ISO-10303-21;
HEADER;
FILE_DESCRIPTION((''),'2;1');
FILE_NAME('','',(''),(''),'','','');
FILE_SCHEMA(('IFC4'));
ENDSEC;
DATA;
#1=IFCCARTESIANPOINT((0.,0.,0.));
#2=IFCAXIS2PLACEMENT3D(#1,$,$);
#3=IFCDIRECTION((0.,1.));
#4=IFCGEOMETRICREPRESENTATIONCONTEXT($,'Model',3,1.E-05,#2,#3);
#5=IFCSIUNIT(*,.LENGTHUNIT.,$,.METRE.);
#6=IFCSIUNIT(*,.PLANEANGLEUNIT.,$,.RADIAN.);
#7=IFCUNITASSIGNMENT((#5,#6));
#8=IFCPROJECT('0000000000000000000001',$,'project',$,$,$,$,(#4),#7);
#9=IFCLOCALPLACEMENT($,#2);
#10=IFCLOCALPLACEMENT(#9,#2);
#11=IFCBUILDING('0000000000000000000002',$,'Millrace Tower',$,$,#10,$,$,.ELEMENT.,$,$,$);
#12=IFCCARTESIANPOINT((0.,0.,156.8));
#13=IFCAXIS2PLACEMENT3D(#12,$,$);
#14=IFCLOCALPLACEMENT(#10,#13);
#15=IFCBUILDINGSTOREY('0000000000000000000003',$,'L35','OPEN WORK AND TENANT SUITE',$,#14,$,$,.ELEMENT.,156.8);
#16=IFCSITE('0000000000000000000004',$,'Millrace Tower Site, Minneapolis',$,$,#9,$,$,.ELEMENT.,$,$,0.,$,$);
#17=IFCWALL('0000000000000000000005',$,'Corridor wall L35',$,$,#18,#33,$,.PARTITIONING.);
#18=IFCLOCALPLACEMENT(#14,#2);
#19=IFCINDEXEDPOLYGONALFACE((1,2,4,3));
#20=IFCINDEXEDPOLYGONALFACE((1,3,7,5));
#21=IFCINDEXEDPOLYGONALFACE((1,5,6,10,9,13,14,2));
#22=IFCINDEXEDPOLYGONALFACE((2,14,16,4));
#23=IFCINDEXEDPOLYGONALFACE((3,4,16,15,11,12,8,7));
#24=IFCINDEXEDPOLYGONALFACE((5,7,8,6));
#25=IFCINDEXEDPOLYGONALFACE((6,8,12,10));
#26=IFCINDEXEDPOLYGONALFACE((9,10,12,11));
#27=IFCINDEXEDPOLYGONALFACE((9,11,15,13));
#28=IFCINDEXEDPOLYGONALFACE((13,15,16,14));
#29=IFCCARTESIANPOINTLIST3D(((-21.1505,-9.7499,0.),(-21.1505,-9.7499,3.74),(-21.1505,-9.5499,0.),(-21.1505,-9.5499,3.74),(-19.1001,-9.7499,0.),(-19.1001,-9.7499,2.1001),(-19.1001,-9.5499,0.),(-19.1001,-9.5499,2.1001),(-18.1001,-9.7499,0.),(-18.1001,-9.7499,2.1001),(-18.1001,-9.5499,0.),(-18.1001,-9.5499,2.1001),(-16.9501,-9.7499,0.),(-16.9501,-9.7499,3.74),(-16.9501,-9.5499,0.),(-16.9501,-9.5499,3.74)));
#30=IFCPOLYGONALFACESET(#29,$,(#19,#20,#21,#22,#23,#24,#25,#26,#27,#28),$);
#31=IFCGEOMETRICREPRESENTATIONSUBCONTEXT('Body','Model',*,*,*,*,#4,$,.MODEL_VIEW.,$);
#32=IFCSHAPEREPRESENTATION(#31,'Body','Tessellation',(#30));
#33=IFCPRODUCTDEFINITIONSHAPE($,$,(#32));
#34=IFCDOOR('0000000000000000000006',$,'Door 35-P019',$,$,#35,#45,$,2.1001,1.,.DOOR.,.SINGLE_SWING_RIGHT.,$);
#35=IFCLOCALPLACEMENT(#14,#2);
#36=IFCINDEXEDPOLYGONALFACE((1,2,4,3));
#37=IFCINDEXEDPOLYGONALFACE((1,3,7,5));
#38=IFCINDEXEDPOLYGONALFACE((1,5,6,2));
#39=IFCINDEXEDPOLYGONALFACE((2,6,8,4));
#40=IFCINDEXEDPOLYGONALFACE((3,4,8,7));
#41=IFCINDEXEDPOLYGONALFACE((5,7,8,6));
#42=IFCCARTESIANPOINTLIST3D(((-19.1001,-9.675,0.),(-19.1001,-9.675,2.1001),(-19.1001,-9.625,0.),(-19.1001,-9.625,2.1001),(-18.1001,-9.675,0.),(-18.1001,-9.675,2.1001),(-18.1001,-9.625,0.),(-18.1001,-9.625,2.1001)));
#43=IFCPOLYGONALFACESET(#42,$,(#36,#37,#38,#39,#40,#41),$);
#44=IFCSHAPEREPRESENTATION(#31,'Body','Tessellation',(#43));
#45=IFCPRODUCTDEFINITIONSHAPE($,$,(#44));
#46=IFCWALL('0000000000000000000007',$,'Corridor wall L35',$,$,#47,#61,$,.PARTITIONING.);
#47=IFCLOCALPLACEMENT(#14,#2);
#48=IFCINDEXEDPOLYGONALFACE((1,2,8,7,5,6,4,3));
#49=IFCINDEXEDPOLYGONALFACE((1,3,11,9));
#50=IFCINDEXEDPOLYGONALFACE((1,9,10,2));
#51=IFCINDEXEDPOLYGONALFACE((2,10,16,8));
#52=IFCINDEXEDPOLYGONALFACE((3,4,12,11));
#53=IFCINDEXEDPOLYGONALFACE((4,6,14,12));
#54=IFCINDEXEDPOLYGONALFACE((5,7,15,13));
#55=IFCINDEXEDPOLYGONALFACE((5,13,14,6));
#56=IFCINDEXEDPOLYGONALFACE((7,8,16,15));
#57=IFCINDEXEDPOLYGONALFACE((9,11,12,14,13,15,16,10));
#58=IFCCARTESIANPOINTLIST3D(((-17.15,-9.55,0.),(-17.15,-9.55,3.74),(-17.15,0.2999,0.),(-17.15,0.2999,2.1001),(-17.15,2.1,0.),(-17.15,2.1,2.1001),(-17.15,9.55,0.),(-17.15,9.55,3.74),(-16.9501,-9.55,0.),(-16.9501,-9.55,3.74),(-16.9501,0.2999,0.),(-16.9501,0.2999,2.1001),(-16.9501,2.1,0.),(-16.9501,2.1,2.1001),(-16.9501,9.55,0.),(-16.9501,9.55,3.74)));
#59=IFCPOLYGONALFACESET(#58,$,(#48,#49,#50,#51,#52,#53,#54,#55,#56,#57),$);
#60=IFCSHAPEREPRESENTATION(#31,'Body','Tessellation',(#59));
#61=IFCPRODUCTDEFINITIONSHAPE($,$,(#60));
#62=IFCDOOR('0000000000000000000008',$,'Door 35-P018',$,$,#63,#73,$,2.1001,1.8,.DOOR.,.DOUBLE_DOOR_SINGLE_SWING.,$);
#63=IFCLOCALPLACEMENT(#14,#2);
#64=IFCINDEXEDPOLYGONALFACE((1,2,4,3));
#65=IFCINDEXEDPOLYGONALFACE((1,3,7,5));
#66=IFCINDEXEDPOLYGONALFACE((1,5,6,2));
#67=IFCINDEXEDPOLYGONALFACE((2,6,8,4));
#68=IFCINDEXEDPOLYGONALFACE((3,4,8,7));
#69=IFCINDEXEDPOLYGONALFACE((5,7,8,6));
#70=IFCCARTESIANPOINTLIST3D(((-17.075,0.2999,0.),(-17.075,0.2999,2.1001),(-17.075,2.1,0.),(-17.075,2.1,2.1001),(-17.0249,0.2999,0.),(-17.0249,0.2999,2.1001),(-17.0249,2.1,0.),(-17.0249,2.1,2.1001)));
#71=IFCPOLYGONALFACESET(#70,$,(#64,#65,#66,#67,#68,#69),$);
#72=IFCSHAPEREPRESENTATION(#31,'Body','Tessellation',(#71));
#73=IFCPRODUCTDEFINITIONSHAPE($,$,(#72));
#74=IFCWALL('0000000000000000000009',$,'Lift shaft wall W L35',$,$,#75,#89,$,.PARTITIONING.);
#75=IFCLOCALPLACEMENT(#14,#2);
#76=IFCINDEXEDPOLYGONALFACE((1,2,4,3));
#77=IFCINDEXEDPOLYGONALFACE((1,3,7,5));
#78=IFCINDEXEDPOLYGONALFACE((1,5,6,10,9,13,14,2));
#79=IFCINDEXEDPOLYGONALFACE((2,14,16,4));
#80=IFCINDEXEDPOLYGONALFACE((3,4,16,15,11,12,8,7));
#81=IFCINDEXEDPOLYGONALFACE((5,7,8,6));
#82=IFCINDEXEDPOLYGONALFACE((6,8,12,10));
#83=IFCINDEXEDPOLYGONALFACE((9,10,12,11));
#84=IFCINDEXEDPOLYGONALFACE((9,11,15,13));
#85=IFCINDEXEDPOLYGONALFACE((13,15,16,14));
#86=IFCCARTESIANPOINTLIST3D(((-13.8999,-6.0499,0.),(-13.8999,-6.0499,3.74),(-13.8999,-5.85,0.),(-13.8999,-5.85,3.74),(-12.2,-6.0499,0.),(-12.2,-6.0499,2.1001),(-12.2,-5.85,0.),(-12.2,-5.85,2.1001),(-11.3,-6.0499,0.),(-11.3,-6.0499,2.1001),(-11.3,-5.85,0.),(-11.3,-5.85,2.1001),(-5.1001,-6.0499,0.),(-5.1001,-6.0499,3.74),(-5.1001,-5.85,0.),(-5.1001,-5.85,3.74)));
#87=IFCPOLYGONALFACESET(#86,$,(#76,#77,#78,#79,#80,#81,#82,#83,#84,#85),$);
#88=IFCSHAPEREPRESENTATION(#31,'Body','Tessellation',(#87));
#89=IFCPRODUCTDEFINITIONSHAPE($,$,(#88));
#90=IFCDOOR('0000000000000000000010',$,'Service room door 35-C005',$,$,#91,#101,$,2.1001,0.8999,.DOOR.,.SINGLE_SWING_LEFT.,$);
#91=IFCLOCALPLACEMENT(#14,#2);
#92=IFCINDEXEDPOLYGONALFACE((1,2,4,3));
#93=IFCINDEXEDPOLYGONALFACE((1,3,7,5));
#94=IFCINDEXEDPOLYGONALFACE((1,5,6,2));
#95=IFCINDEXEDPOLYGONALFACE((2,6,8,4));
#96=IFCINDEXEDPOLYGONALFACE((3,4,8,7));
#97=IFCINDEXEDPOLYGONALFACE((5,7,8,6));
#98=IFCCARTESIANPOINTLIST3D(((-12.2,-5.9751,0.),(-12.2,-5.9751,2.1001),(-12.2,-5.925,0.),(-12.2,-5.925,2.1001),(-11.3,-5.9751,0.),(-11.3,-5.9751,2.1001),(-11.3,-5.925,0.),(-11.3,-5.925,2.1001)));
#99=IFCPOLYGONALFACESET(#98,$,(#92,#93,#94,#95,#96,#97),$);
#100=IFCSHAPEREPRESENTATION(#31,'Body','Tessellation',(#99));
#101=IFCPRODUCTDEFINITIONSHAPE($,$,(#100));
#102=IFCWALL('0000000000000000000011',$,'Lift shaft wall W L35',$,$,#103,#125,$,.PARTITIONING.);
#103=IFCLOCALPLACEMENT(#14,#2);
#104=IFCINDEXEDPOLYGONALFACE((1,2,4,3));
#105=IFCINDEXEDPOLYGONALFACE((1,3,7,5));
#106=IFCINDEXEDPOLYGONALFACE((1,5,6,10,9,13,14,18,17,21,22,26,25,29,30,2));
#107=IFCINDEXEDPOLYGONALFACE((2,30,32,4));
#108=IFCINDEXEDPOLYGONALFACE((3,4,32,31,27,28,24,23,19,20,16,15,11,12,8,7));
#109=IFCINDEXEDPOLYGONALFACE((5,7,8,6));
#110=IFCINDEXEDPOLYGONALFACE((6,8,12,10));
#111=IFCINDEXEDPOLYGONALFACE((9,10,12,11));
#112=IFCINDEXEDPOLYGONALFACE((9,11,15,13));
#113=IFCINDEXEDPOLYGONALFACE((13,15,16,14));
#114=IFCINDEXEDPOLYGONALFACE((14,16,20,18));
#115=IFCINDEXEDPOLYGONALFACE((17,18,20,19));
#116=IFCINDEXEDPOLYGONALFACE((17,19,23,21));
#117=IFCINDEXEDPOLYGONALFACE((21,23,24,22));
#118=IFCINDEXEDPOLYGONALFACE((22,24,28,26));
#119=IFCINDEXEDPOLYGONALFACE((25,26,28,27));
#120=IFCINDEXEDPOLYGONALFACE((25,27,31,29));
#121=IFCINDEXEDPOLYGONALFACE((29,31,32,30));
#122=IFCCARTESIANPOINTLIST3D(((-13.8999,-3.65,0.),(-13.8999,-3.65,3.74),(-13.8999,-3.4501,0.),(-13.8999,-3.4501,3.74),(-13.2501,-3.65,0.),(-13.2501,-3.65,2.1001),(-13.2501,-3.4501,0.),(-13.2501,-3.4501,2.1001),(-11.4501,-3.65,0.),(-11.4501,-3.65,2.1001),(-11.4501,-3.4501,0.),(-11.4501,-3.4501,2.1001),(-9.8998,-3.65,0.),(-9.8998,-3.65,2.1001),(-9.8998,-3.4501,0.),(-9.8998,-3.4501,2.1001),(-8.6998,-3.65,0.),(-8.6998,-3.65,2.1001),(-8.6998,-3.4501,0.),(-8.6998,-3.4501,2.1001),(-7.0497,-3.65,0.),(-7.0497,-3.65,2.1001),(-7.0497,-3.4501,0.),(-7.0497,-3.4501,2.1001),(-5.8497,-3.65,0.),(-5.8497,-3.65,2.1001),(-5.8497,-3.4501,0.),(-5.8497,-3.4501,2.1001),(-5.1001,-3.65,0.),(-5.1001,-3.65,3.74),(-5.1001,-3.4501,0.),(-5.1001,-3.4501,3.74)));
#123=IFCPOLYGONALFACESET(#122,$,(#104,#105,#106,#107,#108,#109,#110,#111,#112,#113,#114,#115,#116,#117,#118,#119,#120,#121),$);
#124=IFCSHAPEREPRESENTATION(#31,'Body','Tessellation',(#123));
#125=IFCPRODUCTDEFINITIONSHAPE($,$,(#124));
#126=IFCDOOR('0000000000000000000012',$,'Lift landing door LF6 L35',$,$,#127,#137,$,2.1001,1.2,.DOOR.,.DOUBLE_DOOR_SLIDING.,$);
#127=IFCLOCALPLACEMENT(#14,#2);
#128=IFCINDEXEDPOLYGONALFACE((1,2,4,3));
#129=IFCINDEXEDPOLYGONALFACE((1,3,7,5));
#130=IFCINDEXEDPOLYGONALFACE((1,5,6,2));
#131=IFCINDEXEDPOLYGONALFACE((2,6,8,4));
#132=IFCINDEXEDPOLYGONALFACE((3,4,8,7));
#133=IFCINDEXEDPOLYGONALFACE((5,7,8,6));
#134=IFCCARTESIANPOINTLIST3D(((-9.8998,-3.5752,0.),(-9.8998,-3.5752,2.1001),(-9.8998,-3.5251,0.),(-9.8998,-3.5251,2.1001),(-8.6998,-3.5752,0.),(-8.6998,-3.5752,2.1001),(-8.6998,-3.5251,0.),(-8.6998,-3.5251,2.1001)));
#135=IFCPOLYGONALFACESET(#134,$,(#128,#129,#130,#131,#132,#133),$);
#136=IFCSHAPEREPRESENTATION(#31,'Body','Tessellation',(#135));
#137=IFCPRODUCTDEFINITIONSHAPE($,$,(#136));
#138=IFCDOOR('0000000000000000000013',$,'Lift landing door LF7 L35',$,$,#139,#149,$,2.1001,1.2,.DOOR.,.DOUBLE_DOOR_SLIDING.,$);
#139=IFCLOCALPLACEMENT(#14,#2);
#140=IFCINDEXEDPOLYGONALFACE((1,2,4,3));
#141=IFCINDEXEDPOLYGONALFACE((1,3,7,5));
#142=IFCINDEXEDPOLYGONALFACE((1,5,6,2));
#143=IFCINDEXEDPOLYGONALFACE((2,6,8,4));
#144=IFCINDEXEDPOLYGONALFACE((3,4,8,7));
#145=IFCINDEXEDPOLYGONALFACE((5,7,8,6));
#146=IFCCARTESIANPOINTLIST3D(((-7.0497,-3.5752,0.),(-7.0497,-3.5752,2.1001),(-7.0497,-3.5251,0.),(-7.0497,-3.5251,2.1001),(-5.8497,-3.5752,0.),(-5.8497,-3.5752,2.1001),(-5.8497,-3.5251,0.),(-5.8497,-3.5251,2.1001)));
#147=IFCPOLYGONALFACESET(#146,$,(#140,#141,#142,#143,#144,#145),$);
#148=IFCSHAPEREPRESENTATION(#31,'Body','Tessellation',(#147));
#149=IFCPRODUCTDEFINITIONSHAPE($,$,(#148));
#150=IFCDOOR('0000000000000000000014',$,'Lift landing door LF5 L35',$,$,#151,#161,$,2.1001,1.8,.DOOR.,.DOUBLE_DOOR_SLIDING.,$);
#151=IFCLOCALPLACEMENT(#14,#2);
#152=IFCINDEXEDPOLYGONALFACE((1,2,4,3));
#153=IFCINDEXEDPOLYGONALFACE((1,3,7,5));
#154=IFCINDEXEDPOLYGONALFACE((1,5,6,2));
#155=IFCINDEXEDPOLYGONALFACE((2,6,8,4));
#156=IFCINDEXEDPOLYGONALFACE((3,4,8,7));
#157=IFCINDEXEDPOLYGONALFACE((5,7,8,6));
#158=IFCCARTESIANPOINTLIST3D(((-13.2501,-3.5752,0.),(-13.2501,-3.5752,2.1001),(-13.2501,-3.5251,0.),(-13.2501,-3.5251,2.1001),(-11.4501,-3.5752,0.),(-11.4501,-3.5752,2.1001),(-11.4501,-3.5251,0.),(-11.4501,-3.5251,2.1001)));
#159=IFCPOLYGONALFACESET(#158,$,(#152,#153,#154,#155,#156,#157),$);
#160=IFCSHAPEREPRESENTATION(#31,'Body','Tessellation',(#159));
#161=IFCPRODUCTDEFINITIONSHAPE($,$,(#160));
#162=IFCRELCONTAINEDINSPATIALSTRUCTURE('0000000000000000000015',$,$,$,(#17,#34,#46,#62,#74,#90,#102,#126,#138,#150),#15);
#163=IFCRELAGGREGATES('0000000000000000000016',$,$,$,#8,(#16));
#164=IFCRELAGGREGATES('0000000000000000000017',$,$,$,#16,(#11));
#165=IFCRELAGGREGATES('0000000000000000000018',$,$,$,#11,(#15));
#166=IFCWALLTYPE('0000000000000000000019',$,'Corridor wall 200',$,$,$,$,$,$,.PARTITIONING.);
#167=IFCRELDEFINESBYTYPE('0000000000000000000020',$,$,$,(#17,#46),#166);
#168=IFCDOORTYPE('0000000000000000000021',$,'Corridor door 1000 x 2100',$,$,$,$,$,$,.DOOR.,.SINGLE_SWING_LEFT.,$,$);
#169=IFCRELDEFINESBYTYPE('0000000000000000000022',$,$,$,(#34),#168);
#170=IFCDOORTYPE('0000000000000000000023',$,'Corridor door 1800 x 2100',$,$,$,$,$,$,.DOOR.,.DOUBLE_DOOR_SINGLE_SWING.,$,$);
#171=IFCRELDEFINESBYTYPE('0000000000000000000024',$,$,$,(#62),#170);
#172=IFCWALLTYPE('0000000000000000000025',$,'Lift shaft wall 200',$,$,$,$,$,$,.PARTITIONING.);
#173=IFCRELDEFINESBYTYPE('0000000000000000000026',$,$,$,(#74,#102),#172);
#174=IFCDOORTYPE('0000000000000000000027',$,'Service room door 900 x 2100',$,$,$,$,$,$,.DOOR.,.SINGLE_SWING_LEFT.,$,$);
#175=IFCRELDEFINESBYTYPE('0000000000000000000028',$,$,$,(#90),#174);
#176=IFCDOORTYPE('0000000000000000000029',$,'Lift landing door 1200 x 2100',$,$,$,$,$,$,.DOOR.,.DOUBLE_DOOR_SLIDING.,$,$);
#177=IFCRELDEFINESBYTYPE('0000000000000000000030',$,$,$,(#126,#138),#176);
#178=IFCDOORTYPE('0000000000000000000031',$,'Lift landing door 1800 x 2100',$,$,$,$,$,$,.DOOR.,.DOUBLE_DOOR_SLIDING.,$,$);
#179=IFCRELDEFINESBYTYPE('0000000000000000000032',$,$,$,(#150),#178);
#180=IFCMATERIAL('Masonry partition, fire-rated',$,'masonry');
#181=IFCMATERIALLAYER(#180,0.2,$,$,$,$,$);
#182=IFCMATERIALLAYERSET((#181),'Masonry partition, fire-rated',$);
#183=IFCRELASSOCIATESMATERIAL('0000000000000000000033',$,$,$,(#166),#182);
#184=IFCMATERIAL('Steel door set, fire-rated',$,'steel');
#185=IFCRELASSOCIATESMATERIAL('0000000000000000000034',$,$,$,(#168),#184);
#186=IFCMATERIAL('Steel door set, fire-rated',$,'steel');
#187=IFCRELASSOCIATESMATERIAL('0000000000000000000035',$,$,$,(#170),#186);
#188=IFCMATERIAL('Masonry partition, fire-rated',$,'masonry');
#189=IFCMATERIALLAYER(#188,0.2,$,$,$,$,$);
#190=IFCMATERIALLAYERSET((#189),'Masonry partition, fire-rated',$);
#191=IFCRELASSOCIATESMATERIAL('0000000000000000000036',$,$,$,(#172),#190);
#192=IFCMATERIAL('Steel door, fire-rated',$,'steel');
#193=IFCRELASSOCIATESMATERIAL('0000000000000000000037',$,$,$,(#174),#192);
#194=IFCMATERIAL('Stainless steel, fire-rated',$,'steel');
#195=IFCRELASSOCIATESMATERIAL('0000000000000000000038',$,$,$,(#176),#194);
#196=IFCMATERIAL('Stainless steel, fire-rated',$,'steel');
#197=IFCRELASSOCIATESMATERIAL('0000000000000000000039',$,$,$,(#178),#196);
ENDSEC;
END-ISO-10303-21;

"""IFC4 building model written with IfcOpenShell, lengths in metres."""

from ifc_helpers import new_model, si_unit, direction, frame, frame_2d, origin, place, context, subcontext, project, spatial, rectangle, extrude, material, layer, layer_set, type_object, element, fill, save


model = new_model("IFC4")

# Units and contexts
model_context = context("Model", 3, precision=1e-05, world=origin(), true_north=direction((0.0, 1.0)))
body_context = subcontext(model_context, "Body", "Model", "MODEL_VIEW")
ifc_project = project(units=[si_unit("LENGTHUNIT", "METRE"), si_unit("PLANEANGLEUNIT", "RADIAN")], contexts=[model_context])

# Site, building, storey
site_placement = place(None, origin())
site = spatial("IfcSite", under=ifc_project, at=site_placement, Name="Millrace Tower Site, Minneapolis", CompositionType="ELEMENT", RefElevation=0.0)
building_placement = place(site_placement, origin())
building = spatial("IfcBuilding", under=site, at=building_placement, Name="Millrace Tower", CompositionType="ELEMENT")
storey_placement = place(building_placement, frame((0.0, 0.0, 156.8)))
storey = spatial("IfcBuildingStorey", under=building, at=storey_placement, Name="L35", Description="OPEN WORK AND TENANT SUITE", CompositionType="ELEMENT", Elevation=156.8)

# Walls, openings, doors
ifc_material_1 = material(Name="Masonry partition, fire-rated", Category="masonry")
ifc_layer_1 = layer(ifc_material_1, 0.2)
ifc_layer_set_1 = layer_set([ifc_layer_1], Name="Masonry partition, fire-rated")
wall_type_1 = type_object("IfcWallType", Name="Corridor wall 200", PredefinedType="PARTITIONING", material=ifc_layer_set_1)
wall_1_placement = place(storey_placement, frame((-21.1504, -9.6499, 0.0), z_axis=(0.0, 0.0, 1.0), x_axis=(1.0, 0.0, 0.0)))
wall_1 = element("IfcWall", 1, at=wall_1_placement, inside=storey, type_object=wall_type_1, Name="Corridor wall L35", PredefinedType="PARTITIONING", context=body_context, shape_type="SweptSolid", body=[
    extrude(rectangle(XDim=4.2004, YDim=0.2, at=frame_2d((2.1001, 0.0))), origin(), (0.0, 0.0, 1.0), 3.74),
])
opening_1_placement = place(wall_1_placement, frame((2.0503, 0.0, 0.0)))
opening_1 = element("IfcOpeningElement", 2, at=opening_1_placement, cuts=wall_1, PredefinedType="OPENING", context=body_context, shape_type="SweptSolid", body=[
    extrude(rectangle(XDim=1.0, YDim=2.1001, at=frame_2d((0.5, 1.05))), frame((0.0, 0.1099, 0.0), z_axis=(0.0, -1.0, 0.0), x_axis=(1.0, 0.0, 0.0)), (0.0, 0.0, 1.0), 0.22),
])
ifc_material_2 = material(Name="Steel door set, fire-rated", Category="steel")
door_type_1 = type_object("IfcDoorType", Name="Corridor door 1000 x 2100", OperationType="SINGLE_SWING_LEFT", PredefinedType="DOOR", material=ifc_material_2)
door_1_placement = place(opening_1_placement, origin())
door_1 = element("IfcDoor", 3, at=door_1_placement, inside=storey, type_object=door_type_1, Name="Door 35-P019", OperationType="SINGLE_SWING_RIGHT", OverallHeight=2.1001, OverallWidth=1.0, PredefinedType="DOOR", context=body_context, shape_type="SweptSolid", body=[
    extrude(rectangle(XDim=1.0, YDim=2.1001, at=frame_2d((0.5, 1.05))), frame((0.0, 0.0249, 0.0), z_axis=(0.0, -1.0, 0.0), x_axis=(1.0, 0.0, 0.0)), (0.0, 0.0, 1.0), 0.05),
])
fill(opening_1, door_1)
wall_2_placement = place(storey_placement, frame((-17.05, -9.55, 0.0), z_axis=(0.0, 0.0, 1.0), x_axis=(0.0, 1.0, 0.0)))
wall_2 = element("IfcWall", 4, at=wall_2_placement, inside=storey, type_object=wall_type_1, Name="Corridor wall L35", PredefinedType="PARTITIONING", context=body_context, shape_type="SweptSolid", body=[
    extrude(rectangle(XDim=19.1001, YDim=0.2, at=frame_2d((9.55, 0.0))), origin(), (0.0, 0.0, 1.0), 3.74),
])
opening_2_placement = place(wall_2_placement, frame((9.8501, 0.0, 0.0)))
opening_2 = element("IfcOpeningElement", 5, at=opening_2_placement, cuts=wall_2, PredefinedType="OPENING", context=body_context, shape_type="SweptSolid", body=[
    extrude(rectangle(XDim=1.8, YDim=2.1001, at=frame_2d((0.8999, 1.05))), frame((0.0, 0.1099, 0.0), z_axis=(0.0, -1.0, 0.0), x_axis=(1.0, 0.0, 0.0)), (0.0, 0.0, 1.0), 0.22),
])
ifc_material_3 = material(Name="Steel door set, fire-rated", Category="steel")
door_type_2 = type_object("IfcDoorType", Name="Corridor door 1800 x 2100", OperationType="DOUBLE_DOOR_SINGLE_SWING", PredefinedType="DOOR", material=ifc_material_3)
door_2_placement = place(opening_2_placement, origin())
door_2 = element("IfcDoor", 6, at=door_2_placement, inside=storey, type_object=door_type_2, Name="Door 35-P018", OperationType="DOUBLE_DOOR_SINGLE_SWING", OverallHeight=2.1001, OverallWidth=1.8, PredefinedType="DOOR", context=body_context, shape_type="SweptSolid", body=[
    extrude(rectangle(XDim=1.8, YDim=2.1001, at=frame_2d((0.8999, 1.05))), frame((0.0, 0.0249, 0.0), z_axis=(0.0, -1.0, 0.0), x_axis=(1.0, 0.0, 0.0)), (0.0, 0.0, 1.0), 0.05),
])
fill(opening_2, door_2)
ifc_material_4 = material(Name="Masonry partition, fire-rated", Category="masonry")
ifc_layer_2 = layer(ifc_material_4, 0.2)
ifc_layer_set_2 = layer_set([ifc_layer_2], Name="Masonry partition, fire-rated")
wall_type_2 = type_object("IfcWallType", Name="Lift shaft wall 200", PredefinedType="PARTITIONING", material=ifc_layer_set_2)
wall_3_placement = place(storey_placement, frame((-13.8999, -5.95, 0.0), z_axis=(0.0, 0.0, 1.0), x_axis=(1.0, 0.0, 0.0)))
wall_3 = element("IfcWall", 7, at=wall_3_placement, inside=storey, type_object=wall_type_2, Name="Lift shaft wall W L35", PredefinedType="PARTITIONING", context=body_context, shape_type="SweptSolid", body=[
    extrude(rectangle(XDim=8.7998, YDim=0.2, at=frame_2d((4.3999, 0.0))), origin(), (0.0, 0.0, 1.0), 3.74),
])
opening_3_placement = place(wall_3_placement, frame((1.7, 0.0, 0.0)))
opening_3 = element("IfcOpeningElement", 8, at=opening_3_placement, cuts=wall_3, PredefinedType="OPENING", context=body_context, shape_type="SweptSolid", body=[
    extrude(rectangle(XDim=0.8999, YDim=2.1001, at=frame_2d((0.45, 1.05))), frame((0.0, 0.1099, 0.0), z_axis=(0.0, -1.0, 0.0), x_axis=(1.0, 0.0, 0.0)), (0.0, 0.0, 1.0), 0.22),
])
ifc_material_5 = material(Name="Steel door, fire-rated", Category="steel")
door_type_3 = type_object("IfcDoorType", Name="Service room door 900 x 2100", OperationType="SINGLE_SWING_LEFT", PredefinedType="DOOR", material=ifc_material_5)
door_3_placement = place(opening_3_placement, origin())
door_3 = element("IfcDoor", 9, at=door_3_placement, inside=storey, type_object=door_type_3, Name="Service room door 35-C005", OperationType="SINGLE_SWING_LEFT", OverallHeight=2.1001, OverallWidth=0.8999, PredefinedType="DOOR", context=body_context, shape_type="SweptSolid", body=[
    extrude(rectangle(XDim=0.8999, YDim=2.1001, at=frame_2d((0.45, 1.05))), frame((0.0, 0.0249, 0.0), z_axis=(0.0, -1.0, 0.0), x_axis=(1.0, 0.0, 0.0)), (0.0, 0.0, 1.0), 0.05),
])
fill(opening_3, door_3)

# Wall, openings, doors
wall_4_placement = place(storey_placement, frame((-13.8999, -3.55, 0.0), z_axis=(0.0, 0.0, 1.0), x_axis=(1.0, 0.0, 0.0)))
wall_4 = element("IfcWall", 10, at=wall_4_placement, inside=storey, type_object=wall_type_2, Name="Lift shaft wall W L35", PredefinedType="PARTITIONING", context=body_context, shape_type="SweptSolid", body=[
    extrude(rectangle(XDim=8.7998, YDim=0.2, at=frame_2d((4.3999, 0.0))), origin(), (0.0, 0.0, 1.0), 3.74),
])
opening_4_placement = place(wall_4_placement, frame((0.6499, 0.0, 0.0)))
opening_4 = element("IfcOpeningElement", 11, at=opening_4_placement, cuts=wall_4, PredefinedType="OPENING", context=body_context, shape_type="SweptSolid", body=[
    extrude(rectangle(XDim=1.8, YDim=2.1001, at=frame_2d((0.8999, 1.05))), frame((0.0, 0.1099, 0.0), z_axis=(0.0, -1.0, 0.0), x_axis=(1.0, 0.0, 0.0)), (0.0, 0.0, 1.0), 0.22),
])
opening_5_placement = place(wall_4_placement, frame((4.0, 0.0, 0.0)))
opening_5 = element("IfcOpeningElement", 12, at=opening_5_placement, cuts=wall_4, PredefinedType="OPENING", context=body_context, shape_type="SweptSolid", body=[
    extrude(rectangle(XDim=1.2, YDim=2.1001, at=frame_2d((0.6001, 1.05))), frame((0.0, 0.1099, 0.0), z_axis=(0.0, -1.0, 0.0), x_axis=(1.0, 0.0, 0.0)), (0.0, 0.0, 1.0), 0.22),
])
opening_6_placement = place(wall_4_placement, frame((6.8501, 0.0, 0.0)))
opening_6 = element("IfcOpeningElement", 13, at=opening_6_placement, cuts=wall_4, PredefinedType="OPENING", context=body_context, shape_type="SweptSolid", body=[
    extrude(rectangle(XDim=1.2, YDim=2.1001, at=frame_2d((0.6001, 1.05))), frame((0.0, 0.1099, 0.0), z_axis=(0.0, -1.0, 0.0), x_axis=(1.0, 0.0, 0.0)), (0.0, 0.0, 1.0), 0.22),
])
ifc_material_6 = material(Name="Stainless steel, fire-rated", Category="steel")
door_type_4 = type_object("IfcDoorType", Name="Lift landing door 1200 x 2100", OperationType="DOUBLE_DOOR_SLIDING", PredefinedType="DOOR", material=ifc_material_6)
door_4_placement = place(opening_5_placement, origin())
door_4 = element("IfcDoor", 14, at=door_4_placement, inside=storey, type_object=door_type_4, Name="Lift landing door LF6 L35", OperationType="DOUBLE_DOOR_SLIDING", OverallHeight=2.1001, OverallWidth=1.2, PredefinedType="DOOR", context=body_context, shape_type="SweptSolid", body=[
    extrude(rectangle(XDim=1.2, YDim=2.1001, at=frame_2d((0.6001, 1.05))), frame((0.0, 0.0249, 0.0), z_axis=(0.0, -1.0, 0.0), x_axis=(1.0, 0.0, 0.0)), (0.0, 0.0, 1.0), 0.05),
])
fill(opening_5, door_4)
door_5_placement = place(opening_6_placement, origin())
door_5 = element("IfcDoor", 15, at=door_5_placement, inside=storey, type_object=door_type_4, Name="Lift landing door LF7 L35", OperationType="DOUBLE_DOOR_SLIDING", OverallHeight=2.1001, OverallWidth=1.2, PredefinedType="DOOR", context=body_context, shape_type="SweptSolid", body=[
    extrude(rectangle(XDim=1.2, YDim=2.1001, at=frame_2d((0.6001, 1.05))), frame((0.0, 0.0249, 0.0), z_axis=(0.0, -1.0, 0.0), x_axis=(1.0, 0.0, 0.0)), (0.0, 0.0, 1.0), 0.05),
])
fill(opening_6, door_5)
ifc_material_7 = material(Name="Stainless steel, fire-rated", Category="steel")
door_type_5 = type_object("IfcDoorType", Name="Lift landing door 1800 x 2100", OperationType="DOUBLE_DOOR_SLIDING", PredefinedType="DOOR", material=ifc_material_7)
door_6_placement = place(opening_4_placement, origin())
door_6 = element("IfcDoor", 16, at=door_6_placement, inside=storey, type_object=door_type_5, Name="Lift landing door LF5 L35", OperationType="DOUBLE_DOOR_SLIDING", OverallHeight=2.1001, OverallWidth=1.8, PredefinedType="DOOR", context=body_context, shape_type="SweptSolid", body=[
    extrude(rectangle(XDim=1.8, YDim=2.1001, at=frame_2d((0.8999, 1.05))), frame((0.0, 0.0249, 0.0), z_axis=(0.0, -1.0, 0.0), x_axis=(1.0, 0.0, 0.0)), (0.0, 0.0, 1.0), 0.05),
])
fill(opening_4, door_6)

save(model, "model.ifc")
